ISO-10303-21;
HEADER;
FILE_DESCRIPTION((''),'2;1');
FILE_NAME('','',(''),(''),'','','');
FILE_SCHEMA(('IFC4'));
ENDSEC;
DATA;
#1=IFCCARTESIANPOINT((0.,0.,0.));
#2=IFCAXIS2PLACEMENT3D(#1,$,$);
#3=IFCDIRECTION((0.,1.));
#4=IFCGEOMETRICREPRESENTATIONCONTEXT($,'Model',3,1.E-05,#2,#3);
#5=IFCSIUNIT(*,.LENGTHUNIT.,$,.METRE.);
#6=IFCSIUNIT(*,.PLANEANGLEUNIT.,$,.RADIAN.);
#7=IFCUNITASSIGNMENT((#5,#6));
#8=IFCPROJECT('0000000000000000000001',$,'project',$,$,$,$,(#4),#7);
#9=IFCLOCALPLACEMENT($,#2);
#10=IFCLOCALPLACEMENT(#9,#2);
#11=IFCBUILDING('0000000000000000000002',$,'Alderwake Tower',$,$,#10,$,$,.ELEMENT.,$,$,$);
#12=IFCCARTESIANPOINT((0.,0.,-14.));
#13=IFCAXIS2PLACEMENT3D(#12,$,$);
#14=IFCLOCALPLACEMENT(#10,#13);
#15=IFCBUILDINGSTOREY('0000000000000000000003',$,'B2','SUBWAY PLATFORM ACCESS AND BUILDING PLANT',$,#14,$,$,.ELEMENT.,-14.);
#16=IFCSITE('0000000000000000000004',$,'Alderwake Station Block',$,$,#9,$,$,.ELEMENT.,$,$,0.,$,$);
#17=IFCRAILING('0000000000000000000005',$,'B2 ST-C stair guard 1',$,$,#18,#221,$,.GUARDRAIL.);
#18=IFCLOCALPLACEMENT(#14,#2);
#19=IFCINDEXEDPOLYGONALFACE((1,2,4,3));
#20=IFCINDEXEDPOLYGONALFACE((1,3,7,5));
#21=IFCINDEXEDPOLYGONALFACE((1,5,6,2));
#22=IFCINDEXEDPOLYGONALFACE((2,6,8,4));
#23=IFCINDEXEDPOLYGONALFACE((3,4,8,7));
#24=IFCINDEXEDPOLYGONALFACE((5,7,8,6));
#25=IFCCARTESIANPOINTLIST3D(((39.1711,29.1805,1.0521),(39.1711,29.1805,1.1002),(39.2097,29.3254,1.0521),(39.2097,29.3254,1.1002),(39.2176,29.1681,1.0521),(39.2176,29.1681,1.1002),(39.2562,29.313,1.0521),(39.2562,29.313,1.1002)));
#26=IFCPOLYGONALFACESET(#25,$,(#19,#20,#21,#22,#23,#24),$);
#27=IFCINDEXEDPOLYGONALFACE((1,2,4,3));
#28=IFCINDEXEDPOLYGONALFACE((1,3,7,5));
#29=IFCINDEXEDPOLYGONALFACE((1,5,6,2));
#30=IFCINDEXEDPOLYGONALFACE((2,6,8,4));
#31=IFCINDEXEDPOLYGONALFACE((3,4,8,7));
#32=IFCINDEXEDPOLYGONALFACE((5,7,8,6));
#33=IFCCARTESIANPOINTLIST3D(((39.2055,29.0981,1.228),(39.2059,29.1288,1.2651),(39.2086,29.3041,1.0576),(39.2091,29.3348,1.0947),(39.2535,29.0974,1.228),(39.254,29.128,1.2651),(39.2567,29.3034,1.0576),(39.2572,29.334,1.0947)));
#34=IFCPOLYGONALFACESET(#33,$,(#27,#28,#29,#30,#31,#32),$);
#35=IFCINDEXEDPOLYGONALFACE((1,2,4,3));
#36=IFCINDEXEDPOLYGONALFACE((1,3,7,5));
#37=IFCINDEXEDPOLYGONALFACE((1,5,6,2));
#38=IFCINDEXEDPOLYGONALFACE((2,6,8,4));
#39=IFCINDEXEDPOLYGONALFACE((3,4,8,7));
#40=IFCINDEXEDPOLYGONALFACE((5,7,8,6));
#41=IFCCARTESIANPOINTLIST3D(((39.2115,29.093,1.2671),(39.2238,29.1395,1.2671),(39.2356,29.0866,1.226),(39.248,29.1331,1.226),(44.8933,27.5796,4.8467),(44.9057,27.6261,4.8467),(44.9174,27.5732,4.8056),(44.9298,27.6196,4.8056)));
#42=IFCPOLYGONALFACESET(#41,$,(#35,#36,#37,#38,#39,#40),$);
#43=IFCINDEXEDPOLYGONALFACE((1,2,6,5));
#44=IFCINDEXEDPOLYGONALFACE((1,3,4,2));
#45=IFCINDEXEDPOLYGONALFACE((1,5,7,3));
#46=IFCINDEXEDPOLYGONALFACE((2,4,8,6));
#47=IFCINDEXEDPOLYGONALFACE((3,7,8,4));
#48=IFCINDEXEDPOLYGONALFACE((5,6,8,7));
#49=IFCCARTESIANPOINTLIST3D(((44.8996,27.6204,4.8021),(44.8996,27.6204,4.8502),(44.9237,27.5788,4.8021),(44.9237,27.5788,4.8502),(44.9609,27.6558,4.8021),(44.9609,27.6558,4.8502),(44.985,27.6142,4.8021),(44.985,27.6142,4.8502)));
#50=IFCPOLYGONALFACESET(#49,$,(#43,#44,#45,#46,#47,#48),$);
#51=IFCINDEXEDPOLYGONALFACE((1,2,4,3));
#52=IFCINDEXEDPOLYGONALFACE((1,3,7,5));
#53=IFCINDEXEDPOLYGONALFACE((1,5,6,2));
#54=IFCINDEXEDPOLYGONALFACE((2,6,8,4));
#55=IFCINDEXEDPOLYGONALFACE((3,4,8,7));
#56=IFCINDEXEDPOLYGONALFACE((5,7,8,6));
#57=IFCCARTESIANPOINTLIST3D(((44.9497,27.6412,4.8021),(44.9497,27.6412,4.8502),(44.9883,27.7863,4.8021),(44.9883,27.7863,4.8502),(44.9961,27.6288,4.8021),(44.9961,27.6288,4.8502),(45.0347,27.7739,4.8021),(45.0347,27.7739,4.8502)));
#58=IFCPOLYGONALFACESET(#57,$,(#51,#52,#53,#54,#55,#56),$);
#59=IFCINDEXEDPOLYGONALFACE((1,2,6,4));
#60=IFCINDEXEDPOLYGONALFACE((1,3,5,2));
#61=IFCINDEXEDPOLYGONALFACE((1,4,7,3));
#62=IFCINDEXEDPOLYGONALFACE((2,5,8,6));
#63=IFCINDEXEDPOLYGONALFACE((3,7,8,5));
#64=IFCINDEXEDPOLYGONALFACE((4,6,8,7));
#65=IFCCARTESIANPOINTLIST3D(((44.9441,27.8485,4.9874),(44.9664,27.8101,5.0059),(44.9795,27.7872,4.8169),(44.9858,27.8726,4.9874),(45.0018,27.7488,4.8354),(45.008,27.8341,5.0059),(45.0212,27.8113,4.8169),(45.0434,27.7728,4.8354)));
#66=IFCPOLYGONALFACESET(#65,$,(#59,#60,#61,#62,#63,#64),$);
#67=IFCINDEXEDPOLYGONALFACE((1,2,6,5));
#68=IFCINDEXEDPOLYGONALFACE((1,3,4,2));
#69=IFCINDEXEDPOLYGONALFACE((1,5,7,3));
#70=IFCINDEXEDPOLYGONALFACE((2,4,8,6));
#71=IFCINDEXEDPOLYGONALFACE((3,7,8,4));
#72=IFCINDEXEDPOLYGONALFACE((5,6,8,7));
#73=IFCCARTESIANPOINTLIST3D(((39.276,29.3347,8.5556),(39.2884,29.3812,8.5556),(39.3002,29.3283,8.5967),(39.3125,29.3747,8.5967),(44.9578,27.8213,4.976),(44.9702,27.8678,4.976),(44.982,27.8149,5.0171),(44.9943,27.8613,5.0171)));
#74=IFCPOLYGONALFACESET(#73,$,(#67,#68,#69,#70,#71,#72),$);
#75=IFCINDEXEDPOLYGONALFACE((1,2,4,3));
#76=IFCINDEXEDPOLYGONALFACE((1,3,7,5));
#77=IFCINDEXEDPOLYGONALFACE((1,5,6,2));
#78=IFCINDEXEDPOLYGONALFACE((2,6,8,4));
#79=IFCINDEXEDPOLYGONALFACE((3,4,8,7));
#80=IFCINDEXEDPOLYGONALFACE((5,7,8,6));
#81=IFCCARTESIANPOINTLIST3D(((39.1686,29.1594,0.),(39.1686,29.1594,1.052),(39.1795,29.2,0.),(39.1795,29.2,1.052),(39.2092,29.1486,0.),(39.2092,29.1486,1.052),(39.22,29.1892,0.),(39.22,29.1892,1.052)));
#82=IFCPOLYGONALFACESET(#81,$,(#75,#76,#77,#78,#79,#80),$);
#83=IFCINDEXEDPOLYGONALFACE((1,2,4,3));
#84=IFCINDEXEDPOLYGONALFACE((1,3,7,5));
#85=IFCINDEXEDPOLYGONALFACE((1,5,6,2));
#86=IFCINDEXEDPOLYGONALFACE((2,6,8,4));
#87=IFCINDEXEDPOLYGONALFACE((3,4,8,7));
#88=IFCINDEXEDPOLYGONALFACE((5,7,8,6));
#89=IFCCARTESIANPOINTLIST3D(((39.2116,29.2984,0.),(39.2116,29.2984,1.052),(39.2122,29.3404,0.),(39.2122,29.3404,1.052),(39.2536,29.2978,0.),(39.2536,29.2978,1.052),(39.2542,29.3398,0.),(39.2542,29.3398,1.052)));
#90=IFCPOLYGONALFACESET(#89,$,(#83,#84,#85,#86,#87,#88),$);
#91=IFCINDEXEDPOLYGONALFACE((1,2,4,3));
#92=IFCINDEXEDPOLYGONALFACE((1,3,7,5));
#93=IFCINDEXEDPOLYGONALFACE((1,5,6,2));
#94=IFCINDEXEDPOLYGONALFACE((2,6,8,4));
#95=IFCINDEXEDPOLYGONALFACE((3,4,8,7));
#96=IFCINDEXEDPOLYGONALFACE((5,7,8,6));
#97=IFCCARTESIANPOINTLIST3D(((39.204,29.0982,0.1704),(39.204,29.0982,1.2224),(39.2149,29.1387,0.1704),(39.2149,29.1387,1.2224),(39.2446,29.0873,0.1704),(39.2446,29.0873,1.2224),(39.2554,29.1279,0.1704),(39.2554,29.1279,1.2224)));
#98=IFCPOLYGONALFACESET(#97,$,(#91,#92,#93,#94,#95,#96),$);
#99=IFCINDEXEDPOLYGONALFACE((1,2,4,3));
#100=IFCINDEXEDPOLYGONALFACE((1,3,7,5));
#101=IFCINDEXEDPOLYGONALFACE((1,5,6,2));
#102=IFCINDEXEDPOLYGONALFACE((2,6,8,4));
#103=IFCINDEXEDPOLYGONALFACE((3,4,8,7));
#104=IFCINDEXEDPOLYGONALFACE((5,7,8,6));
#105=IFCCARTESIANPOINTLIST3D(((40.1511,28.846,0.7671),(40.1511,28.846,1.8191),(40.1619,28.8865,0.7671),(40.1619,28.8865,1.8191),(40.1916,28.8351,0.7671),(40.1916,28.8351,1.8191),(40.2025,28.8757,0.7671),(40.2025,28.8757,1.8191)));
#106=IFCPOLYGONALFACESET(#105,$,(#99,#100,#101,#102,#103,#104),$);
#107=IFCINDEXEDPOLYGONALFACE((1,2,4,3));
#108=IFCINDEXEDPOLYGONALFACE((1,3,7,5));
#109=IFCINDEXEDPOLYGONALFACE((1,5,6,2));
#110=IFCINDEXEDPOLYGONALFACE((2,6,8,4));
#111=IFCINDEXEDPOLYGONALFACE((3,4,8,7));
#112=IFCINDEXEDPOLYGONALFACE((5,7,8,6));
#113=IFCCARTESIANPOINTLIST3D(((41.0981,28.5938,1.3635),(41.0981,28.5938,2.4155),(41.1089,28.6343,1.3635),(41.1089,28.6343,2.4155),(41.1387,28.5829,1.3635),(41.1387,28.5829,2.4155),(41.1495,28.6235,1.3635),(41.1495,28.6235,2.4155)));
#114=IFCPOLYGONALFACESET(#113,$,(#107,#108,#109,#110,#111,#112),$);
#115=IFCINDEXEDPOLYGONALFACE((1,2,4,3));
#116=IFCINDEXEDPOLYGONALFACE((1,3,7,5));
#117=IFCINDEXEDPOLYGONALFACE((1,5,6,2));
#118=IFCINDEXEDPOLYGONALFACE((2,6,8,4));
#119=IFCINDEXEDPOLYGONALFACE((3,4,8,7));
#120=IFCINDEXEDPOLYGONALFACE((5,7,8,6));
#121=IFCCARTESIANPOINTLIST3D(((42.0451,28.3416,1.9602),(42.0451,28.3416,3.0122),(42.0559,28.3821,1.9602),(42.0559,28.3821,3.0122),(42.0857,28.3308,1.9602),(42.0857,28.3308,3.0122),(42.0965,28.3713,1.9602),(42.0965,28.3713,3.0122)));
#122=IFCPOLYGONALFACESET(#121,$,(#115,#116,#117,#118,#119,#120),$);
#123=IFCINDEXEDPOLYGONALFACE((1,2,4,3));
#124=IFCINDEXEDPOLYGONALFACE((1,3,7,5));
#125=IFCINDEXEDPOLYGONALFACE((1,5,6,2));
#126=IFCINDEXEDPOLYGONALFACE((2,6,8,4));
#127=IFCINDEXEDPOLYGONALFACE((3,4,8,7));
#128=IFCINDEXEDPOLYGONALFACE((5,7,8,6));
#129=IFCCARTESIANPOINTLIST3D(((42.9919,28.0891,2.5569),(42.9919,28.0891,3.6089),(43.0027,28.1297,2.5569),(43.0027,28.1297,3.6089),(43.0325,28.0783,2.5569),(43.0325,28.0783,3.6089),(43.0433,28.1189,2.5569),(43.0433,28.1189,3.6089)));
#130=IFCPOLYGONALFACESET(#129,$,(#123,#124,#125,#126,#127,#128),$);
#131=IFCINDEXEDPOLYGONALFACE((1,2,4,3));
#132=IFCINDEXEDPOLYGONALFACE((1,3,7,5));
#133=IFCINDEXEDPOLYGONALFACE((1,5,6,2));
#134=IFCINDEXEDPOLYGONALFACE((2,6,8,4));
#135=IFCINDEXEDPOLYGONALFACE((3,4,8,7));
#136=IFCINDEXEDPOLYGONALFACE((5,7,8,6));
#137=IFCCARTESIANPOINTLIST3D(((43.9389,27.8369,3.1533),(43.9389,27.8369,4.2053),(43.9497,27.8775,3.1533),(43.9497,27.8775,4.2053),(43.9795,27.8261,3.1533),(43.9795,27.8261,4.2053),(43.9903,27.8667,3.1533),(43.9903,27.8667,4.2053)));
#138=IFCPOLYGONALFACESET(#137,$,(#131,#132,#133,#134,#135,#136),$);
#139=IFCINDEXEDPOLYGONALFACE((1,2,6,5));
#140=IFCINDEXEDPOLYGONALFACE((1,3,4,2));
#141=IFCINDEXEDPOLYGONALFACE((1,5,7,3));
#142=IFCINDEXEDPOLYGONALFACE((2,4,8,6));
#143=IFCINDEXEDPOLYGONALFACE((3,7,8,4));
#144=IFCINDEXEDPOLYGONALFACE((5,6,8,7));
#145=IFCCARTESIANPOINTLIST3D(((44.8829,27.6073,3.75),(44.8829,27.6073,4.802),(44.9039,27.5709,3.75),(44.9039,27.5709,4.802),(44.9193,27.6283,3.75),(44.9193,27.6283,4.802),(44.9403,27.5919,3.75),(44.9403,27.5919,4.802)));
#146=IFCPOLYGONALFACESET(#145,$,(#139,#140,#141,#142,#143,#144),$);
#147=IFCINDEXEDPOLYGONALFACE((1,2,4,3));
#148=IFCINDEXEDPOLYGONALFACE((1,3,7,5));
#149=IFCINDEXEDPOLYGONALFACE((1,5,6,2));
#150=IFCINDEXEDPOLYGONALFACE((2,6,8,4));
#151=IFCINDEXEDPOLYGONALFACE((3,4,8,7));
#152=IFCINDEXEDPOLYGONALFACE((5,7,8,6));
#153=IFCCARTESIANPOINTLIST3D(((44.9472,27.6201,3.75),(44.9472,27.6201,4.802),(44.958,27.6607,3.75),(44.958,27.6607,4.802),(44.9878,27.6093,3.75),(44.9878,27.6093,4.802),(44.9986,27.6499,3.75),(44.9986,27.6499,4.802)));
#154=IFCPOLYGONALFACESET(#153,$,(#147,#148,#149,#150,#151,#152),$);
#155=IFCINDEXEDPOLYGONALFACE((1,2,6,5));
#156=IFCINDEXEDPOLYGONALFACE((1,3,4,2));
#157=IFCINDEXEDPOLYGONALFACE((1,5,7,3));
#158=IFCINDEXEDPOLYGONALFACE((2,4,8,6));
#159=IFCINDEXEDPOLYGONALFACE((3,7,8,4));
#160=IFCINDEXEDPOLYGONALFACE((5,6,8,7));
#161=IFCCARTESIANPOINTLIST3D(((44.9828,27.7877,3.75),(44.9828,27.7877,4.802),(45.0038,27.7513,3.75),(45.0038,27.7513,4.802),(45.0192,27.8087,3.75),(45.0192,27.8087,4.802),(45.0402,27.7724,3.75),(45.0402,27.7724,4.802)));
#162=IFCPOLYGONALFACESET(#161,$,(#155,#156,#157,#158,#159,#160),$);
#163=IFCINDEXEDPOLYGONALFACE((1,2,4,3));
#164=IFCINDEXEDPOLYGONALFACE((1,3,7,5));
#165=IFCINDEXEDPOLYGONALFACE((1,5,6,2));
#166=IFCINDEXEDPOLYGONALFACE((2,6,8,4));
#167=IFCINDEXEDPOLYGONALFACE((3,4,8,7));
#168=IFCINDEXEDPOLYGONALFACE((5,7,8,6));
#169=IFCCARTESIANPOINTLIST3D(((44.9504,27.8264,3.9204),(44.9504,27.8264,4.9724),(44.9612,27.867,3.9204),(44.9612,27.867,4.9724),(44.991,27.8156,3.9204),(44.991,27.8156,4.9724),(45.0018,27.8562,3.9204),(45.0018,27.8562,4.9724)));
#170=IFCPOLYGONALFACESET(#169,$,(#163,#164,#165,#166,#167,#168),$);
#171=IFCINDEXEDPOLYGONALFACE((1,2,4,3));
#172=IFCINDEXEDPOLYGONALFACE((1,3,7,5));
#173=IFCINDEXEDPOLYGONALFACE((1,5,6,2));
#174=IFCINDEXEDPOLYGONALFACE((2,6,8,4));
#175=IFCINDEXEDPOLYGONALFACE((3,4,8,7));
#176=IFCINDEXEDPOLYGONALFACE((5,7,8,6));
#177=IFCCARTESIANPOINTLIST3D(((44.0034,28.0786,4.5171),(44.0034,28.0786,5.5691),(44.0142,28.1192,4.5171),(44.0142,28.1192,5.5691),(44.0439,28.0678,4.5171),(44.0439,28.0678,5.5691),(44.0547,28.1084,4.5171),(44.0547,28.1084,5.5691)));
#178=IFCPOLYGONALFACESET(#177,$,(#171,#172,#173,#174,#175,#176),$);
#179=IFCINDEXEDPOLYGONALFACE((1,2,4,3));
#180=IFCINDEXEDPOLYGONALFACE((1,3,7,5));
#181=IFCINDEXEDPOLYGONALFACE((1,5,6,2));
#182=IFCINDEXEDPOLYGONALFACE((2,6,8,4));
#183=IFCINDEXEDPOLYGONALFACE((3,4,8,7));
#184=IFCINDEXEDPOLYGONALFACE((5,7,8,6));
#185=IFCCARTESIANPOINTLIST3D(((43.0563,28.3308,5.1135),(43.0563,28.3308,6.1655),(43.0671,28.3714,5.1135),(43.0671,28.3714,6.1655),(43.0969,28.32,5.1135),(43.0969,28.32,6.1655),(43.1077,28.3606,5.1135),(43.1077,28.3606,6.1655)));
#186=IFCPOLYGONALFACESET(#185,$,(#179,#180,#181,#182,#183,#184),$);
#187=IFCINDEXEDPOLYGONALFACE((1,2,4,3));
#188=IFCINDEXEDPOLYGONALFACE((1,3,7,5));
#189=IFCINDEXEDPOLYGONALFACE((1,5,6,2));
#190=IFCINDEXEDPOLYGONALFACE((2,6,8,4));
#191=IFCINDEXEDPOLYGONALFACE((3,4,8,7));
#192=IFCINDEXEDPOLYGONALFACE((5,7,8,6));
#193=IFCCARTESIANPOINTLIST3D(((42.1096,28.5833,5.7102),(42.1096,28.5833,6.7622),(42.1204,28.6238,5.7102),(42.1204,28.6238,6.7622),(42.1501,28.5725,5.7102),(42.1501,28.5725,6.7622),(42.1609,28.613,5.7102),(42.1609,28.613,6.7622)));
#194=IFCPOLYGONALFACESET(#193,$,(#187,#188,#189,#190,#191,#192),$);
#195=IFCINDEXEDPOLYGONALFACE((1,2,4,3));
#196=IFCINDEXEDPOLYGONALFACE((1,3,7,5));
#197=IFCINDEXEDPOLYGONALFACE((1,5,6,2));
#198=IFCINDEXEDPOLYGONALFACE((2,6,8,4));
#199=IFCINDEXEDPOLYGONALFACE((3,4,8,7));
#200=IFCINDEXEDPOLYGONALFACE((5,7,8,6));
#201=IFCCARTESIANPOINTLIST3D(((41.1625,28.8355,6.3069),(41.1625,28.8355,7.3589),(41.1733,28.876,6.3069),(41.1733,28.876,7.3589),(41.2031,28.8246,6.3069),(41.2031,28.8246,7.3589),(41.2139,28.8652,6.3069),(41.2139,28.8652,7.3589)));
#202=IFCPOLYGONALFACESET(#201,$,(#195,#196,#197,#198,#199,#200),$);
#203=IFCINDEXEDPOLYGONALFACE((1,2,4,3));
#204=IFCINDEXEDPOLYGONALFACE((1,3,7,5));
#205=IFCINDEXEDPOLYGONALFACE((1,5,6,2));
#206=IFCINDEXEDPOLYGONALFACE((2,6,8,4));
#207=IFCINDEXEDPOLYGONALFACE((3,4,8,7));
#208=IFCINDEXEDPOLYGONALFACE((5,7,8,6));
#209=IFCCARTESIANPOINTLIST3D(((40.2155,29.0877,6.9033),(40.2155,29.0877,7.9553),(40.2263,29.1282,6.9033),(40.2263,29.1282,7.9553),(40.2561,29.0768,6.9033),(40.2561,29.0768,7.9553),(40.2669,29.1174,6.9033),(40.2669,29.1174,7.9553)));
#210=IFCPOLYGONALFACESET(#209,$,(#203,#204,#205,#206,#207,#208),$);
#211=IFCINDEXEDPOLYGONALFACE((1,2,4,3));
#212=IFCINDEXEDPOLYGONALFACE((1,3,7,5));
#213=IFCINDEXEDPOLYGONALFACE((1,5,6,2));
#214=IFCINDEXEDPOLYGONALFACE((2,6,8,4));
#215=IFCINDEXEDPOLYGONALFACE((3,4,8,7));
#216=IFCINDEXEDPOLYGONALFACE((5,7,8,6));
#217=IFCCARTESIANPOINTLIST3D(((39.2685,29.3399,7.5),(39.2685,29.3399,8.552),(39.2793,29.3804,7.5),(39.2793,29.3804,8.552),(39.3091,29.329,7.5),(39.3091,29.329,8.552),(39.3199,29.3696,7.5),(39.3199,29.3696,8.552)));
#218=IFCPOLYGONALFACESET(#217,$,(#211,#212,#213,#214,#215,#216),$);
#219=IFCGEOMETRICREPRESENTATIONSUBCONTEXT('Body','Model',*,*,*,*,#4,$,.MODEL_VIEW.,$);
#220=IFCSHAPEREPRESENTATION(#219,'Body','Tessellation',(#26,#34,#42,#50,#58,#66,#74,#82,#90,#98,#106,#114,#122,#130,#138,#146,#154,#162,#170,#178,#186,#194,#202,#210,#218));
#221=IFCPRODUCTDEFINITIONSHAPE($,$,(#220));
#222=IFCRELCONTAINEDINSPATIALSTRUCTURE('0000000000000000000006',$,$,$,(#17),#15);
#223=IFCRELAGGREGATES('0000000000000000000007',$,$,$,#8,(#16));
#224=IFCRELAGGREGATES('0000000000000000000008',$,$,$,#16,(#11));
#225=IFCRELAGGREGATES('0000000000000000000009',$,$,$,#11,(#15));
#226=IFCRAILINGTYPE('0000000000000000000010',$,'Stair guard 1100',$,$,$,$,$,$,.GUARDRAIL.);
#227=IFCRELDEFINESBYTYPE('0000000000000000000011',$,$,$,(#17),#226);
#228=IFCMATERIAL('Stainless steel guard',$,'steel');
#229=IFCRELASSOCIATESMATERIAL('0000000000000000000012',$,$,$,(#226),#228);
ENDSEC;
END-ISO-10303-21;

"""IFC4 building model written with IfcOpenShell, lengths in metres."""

from ifc_helpers import new_model, si_unit, direction, frame, origin, origin_2d, place, context, subcontext, project, spatial, rectangle, extrude, material, type_object, element, save


model = new_model("IFC4")

# Units and contexts
model_context = context("Model", 3, precision=1e-05, world=origin(), true_north=direction((0.0, 1.0)))
body_context = subcontext(model_context, "Body", "Model", "MODEL_VIEW")
ifc_project = project(units=[si_unit("LENGTHUNIT", "METRE"), si_unit("PLANEANGLEUNIT", "RADIAN")], contexts=[model_context])

# Site, building, storey
site_placement = place(None, origin())
site = spatial("IfcSite", under=ifc_project, at=site_placement, Name="Alderwake Station Block", CompositionType="ELEMENT", RefElevation=0.0)
building_placement = place(site_placement, origin())
building = spatial("IfcBuilding", under=site, at=building_placement, Name="Alderwake Tower", CompositionType="ELEMENT")
storey_placement = place(building_placement, frame((0.0, 0.0, -14.0)))
storey = spatial("IfcBuildingStorey", under=building, at=storey_placement, Name="B2", Description="SUBWAY PLATFORM ACCESS AND BUILDING PLANT", CompositionType="ELEMENT", Elevation=-14.0)

# Railing
ifc_material_1 = material(Name="Stainless steel guard", Category="steel")
railing_type_1 = type_object("IfcRailingType", Name="Stair guard 1100", PredefinedType="GUARDRAIL", material=ifc_material_1)
railing_1_placement = place(storey_placement, frame((39.1943, 29.1743, 0.0)))
element("IfcRailing", 1, at=railing_1_placement, inside=storey, type_object=railing_type_1, Name="B2 ST-C stair guard 1", PredefinedType="GUARDRAIL", context=body_context, shape_type="SweptSolid", body=[
    extrude(rectangle(XDim=0.0481, YDim=0.0481, at=origin_2d()), frame((0.0, 0.0, 1.0762), z_axis=(0.25746, 0.966289, 0.0), x_axis=(-0.966289, 0.25746, 0.0)), (0.0, 0.0, 1.0), 0.1499),
    extrude(rectangle(XDim=0.0481, YDim=0.0481, at=origin_2d()), frame((0.0386, 0.1448, 1.0762), z_axis=(-0.011869, -0.770556, 0.637261), x_axis=(0.999881, -0.015401, 0.0)), (0.0, 0.0, 1.0), 0.2673),
    extrude(rectangle(XDim=0.0481, YDim=0.0481, at=origin_2d()), frame((0.0354, -0.0613, 1.2466), z_axis=(0.82539, -0.219851, 0.519996), x_axis=(0.257386, 0.966309, 0.0)), (0.0, 0.0, 1.0), 6.8838),
    extrude(rectangle(XDim=0.0481, YDim=0.0481, at=origin_2d()), frame((5.7173, -1.5747, 4.8262), z_axis=(0.865898, 0.50022, 0.0), x_axis=(-0.50022, 0.865898, 0.0)), (0.0, 0.0, 1.0), 0.0708),
    extrude(rectangle(XDim=0.0481, YDim=0.0481, at=origin_2d()), frame((5.7786, -1.5393, 4.8262), z_axis=(0.257055, 0.966397, 0.0), x_axis=(-0.966397, 0.257055, 0.0)), (0.0, 0.0, 1.0), 0.1501),
    extrude(rectangle(XDim=0.0481, YDim=0.0481, at=origin_2d()), frame((5.8171, -1.3943, 4.8262), z_axis=(-0.19185, 0.332099, 0.923528), x_axis=(-0.865898, -0.50022, 0.0)), (0.0, 0.0, 1.0), 0.1846),
    extrude(rectangle(XDim=0.0481, YDim=0.0481, at=origin_2d()), frame((5.7817, -1.333, 4.9966), z_axis=(-0.82539, 0.219851, 0.519996), x_axis=(-0.257386, -0.966309, 0.0)), (0.0, 0.0, 1.0), 6.8838),
    extrude(rectangle(XDim=0.042, YDim=0.042, at=origin_2d()), frame((0.0, 0.0, 0.0), z_axis=(0.0, 0.0, 1.0), x_axis=(0.25746, 0.966289, 0.0)), (0.0, 0.0, 1.0), 1.052),
    extrude(rectangle(XDim=0.042, YDim=0.042, at=origin_2d()), frame((0.0386, 0.1448, 0.0), z_axis=(0.0, 0.0, 1.0), x_axis=(-0.015401, -0.999881, 0.0)), (0.0, 0.0, 1.0), 1.052),
    extrude(rectangle(XDim=0.042, YDim=0.042, at=origin_2d()), frame((0.0354, -0.0613, 0.1704), z_axis=(0.0, 0.0, 1.0), x_axis=(0.966309, -0.257386, 0.0)), (0.0, 0.0, 1.0), 1.052),
    extrude(rectangle(XDim=0.042, YDim=0.042, at=origin_2d()), frame((0.9824, -0.3135, 0.7671), z_axis=(0.0, 0.0, 1.0), x_axis=(0.966309, -0.257386, 0.0)), (0.0, 0.0, 1.0), 1.052),
    extrude(rectangle(XDim=0.042, YDim=0.042, at=origin_2d()), frame((1.9294, -0.5657, 1.3635), z_axis=(0.0, 0.0, 1.0), x_axis=(0.966309, -0.257386, 0.0)), (0.0, 0.0, 1.0), 1.052),
    extrude(rectangle(XDim=0.042, YDim=0.042, at=origin_2d()), frame((2.8765, -0.8179, 1.9602), z_axis=(0.0, 0.0, 1.0), x_axis=(0.966309, -0.257386, 0.0)), (0.0, 0.0, 1.0), 1.052),
    extrude(rectangle(XDim=0.042, YDim=0.042, at=origin_2d()), frame((3.8232, -1.0703, 2.5569), z_axis=(0.0, 0.0, 1.0), x_axis=(0.966309, -0.257386, 0.0)), (0.0, 0.0, 1.0), 1.052),
    extrude(rectangle(XDim=0.042, YDim=0.042, at=origin_2d()), frame((4.7703, -1.3225, 3.1533), z_axis=(0.0, 0.0, 1.0), x_axis=(0.966309, -0.257386, 0.0)), (0.0, 0.0, 1.0), 1.052),
    extrude(rectangle(XDim=0.042, YDim=0.042, at=origin_2d()), frame((5.7173, -1.5747, 3.75), z_axis=(0.0, 0.0, 1.0), x_axis=(0.865898, 0.50022, 0.0)), (0.0, 0.0, 1.0), 1.052),
    extrude(rectangle(XDim=0.042, YDim=0.042, at=origin_2d()), frame((5.7786, -1.5393, 3.75), z_axis=(0.0, 0.0, 1.0), x_axis=(0.257055, 0.966397, 0.0)), (0.0, 0.0, 1.0), 1.052),
    extrude(rectangle(XDim=0.042, YDim=0.042, at=origin_2d()), frame((5.8171, -1.3943, 3.75), z_axis=(0.0, 0.0, 1.0), x_axis=(-0.50022, 0.865898, 0.0)), (0.0, 0.0, 1.0), 1.052),
    extrude(rectangle(XDim=0.042, YDim=0.042, at=origin_2d()), frame((5.7817, -1.333, 3.9204), z_axis=(0.0, 0.0, 1.0), x_axis=(-0.966309, 0.257386, 0.0)), (0.0, 0.0, 1.0), 1.052),
    extrude(rectangle(XDim=0.042, YDim=0.042, at=origin_2d()), frame((4.8347, -1.0808, 4.5171), z_axis=(0.0, 0.0, 1.0), x_axis=(-0.966309, 0.257386, 0.0)), (0.0, 0.0, 1.0), 1.052),
    extrude(rectangle(XDim=0.042, YDim=0.042, at=origin_2d()), frame((3.8877, -0.8286, 5.1135), z_axis=(0.0, 0.0, 1.0), x_axis=(-0.966309, 0.257386, 0.0)), (0.0, 0.0, 1.0), 1.052),
    extrude(rectangle(XDim=0.042, YDim=0.042, at=origin_2d()), frame((2.9409, -0.5762, 5.7102), z_axis=(0.0, 0.0, 1.0), x_axis=(-0.966309, 0.257386, 0.0)), (0.0, 0.0, 1.0), 1.052),
    extrude(rectangle(XDim=0.042, YDim=0.042, at=origin_2d()), frame((1.9939, -0.324, 6.3069), z_axis=(0.0, 0.0, 1.0), x_axis=(-0.966309, 0.257386, 0.0)), (0.0, 0.0, 1.0), 1.052),
    extrude(rectangle(XDim=0.042, YDim=0.042, at=origin_2d()), frame((1.0469, -0.0718, 6.9033), z_axis=(0.0, 0.0, 1.0), x_axis=(-0.966309, 0.257386, 0.0)), (0.0, 0.0, 1.0), 1.052),
    extrude(rectangle(XDim=0.042, YDim=0.042, at=origin_2d()), frame((0.0999, 0.1804, 7.5), z_axis=(0.0, 0.0, 1.0), x_axis=(-0.966309, 0.257386, 0.0)), (0.0, 0.0, 1.0), 1.052),
])

save(model, "model.ifc")
